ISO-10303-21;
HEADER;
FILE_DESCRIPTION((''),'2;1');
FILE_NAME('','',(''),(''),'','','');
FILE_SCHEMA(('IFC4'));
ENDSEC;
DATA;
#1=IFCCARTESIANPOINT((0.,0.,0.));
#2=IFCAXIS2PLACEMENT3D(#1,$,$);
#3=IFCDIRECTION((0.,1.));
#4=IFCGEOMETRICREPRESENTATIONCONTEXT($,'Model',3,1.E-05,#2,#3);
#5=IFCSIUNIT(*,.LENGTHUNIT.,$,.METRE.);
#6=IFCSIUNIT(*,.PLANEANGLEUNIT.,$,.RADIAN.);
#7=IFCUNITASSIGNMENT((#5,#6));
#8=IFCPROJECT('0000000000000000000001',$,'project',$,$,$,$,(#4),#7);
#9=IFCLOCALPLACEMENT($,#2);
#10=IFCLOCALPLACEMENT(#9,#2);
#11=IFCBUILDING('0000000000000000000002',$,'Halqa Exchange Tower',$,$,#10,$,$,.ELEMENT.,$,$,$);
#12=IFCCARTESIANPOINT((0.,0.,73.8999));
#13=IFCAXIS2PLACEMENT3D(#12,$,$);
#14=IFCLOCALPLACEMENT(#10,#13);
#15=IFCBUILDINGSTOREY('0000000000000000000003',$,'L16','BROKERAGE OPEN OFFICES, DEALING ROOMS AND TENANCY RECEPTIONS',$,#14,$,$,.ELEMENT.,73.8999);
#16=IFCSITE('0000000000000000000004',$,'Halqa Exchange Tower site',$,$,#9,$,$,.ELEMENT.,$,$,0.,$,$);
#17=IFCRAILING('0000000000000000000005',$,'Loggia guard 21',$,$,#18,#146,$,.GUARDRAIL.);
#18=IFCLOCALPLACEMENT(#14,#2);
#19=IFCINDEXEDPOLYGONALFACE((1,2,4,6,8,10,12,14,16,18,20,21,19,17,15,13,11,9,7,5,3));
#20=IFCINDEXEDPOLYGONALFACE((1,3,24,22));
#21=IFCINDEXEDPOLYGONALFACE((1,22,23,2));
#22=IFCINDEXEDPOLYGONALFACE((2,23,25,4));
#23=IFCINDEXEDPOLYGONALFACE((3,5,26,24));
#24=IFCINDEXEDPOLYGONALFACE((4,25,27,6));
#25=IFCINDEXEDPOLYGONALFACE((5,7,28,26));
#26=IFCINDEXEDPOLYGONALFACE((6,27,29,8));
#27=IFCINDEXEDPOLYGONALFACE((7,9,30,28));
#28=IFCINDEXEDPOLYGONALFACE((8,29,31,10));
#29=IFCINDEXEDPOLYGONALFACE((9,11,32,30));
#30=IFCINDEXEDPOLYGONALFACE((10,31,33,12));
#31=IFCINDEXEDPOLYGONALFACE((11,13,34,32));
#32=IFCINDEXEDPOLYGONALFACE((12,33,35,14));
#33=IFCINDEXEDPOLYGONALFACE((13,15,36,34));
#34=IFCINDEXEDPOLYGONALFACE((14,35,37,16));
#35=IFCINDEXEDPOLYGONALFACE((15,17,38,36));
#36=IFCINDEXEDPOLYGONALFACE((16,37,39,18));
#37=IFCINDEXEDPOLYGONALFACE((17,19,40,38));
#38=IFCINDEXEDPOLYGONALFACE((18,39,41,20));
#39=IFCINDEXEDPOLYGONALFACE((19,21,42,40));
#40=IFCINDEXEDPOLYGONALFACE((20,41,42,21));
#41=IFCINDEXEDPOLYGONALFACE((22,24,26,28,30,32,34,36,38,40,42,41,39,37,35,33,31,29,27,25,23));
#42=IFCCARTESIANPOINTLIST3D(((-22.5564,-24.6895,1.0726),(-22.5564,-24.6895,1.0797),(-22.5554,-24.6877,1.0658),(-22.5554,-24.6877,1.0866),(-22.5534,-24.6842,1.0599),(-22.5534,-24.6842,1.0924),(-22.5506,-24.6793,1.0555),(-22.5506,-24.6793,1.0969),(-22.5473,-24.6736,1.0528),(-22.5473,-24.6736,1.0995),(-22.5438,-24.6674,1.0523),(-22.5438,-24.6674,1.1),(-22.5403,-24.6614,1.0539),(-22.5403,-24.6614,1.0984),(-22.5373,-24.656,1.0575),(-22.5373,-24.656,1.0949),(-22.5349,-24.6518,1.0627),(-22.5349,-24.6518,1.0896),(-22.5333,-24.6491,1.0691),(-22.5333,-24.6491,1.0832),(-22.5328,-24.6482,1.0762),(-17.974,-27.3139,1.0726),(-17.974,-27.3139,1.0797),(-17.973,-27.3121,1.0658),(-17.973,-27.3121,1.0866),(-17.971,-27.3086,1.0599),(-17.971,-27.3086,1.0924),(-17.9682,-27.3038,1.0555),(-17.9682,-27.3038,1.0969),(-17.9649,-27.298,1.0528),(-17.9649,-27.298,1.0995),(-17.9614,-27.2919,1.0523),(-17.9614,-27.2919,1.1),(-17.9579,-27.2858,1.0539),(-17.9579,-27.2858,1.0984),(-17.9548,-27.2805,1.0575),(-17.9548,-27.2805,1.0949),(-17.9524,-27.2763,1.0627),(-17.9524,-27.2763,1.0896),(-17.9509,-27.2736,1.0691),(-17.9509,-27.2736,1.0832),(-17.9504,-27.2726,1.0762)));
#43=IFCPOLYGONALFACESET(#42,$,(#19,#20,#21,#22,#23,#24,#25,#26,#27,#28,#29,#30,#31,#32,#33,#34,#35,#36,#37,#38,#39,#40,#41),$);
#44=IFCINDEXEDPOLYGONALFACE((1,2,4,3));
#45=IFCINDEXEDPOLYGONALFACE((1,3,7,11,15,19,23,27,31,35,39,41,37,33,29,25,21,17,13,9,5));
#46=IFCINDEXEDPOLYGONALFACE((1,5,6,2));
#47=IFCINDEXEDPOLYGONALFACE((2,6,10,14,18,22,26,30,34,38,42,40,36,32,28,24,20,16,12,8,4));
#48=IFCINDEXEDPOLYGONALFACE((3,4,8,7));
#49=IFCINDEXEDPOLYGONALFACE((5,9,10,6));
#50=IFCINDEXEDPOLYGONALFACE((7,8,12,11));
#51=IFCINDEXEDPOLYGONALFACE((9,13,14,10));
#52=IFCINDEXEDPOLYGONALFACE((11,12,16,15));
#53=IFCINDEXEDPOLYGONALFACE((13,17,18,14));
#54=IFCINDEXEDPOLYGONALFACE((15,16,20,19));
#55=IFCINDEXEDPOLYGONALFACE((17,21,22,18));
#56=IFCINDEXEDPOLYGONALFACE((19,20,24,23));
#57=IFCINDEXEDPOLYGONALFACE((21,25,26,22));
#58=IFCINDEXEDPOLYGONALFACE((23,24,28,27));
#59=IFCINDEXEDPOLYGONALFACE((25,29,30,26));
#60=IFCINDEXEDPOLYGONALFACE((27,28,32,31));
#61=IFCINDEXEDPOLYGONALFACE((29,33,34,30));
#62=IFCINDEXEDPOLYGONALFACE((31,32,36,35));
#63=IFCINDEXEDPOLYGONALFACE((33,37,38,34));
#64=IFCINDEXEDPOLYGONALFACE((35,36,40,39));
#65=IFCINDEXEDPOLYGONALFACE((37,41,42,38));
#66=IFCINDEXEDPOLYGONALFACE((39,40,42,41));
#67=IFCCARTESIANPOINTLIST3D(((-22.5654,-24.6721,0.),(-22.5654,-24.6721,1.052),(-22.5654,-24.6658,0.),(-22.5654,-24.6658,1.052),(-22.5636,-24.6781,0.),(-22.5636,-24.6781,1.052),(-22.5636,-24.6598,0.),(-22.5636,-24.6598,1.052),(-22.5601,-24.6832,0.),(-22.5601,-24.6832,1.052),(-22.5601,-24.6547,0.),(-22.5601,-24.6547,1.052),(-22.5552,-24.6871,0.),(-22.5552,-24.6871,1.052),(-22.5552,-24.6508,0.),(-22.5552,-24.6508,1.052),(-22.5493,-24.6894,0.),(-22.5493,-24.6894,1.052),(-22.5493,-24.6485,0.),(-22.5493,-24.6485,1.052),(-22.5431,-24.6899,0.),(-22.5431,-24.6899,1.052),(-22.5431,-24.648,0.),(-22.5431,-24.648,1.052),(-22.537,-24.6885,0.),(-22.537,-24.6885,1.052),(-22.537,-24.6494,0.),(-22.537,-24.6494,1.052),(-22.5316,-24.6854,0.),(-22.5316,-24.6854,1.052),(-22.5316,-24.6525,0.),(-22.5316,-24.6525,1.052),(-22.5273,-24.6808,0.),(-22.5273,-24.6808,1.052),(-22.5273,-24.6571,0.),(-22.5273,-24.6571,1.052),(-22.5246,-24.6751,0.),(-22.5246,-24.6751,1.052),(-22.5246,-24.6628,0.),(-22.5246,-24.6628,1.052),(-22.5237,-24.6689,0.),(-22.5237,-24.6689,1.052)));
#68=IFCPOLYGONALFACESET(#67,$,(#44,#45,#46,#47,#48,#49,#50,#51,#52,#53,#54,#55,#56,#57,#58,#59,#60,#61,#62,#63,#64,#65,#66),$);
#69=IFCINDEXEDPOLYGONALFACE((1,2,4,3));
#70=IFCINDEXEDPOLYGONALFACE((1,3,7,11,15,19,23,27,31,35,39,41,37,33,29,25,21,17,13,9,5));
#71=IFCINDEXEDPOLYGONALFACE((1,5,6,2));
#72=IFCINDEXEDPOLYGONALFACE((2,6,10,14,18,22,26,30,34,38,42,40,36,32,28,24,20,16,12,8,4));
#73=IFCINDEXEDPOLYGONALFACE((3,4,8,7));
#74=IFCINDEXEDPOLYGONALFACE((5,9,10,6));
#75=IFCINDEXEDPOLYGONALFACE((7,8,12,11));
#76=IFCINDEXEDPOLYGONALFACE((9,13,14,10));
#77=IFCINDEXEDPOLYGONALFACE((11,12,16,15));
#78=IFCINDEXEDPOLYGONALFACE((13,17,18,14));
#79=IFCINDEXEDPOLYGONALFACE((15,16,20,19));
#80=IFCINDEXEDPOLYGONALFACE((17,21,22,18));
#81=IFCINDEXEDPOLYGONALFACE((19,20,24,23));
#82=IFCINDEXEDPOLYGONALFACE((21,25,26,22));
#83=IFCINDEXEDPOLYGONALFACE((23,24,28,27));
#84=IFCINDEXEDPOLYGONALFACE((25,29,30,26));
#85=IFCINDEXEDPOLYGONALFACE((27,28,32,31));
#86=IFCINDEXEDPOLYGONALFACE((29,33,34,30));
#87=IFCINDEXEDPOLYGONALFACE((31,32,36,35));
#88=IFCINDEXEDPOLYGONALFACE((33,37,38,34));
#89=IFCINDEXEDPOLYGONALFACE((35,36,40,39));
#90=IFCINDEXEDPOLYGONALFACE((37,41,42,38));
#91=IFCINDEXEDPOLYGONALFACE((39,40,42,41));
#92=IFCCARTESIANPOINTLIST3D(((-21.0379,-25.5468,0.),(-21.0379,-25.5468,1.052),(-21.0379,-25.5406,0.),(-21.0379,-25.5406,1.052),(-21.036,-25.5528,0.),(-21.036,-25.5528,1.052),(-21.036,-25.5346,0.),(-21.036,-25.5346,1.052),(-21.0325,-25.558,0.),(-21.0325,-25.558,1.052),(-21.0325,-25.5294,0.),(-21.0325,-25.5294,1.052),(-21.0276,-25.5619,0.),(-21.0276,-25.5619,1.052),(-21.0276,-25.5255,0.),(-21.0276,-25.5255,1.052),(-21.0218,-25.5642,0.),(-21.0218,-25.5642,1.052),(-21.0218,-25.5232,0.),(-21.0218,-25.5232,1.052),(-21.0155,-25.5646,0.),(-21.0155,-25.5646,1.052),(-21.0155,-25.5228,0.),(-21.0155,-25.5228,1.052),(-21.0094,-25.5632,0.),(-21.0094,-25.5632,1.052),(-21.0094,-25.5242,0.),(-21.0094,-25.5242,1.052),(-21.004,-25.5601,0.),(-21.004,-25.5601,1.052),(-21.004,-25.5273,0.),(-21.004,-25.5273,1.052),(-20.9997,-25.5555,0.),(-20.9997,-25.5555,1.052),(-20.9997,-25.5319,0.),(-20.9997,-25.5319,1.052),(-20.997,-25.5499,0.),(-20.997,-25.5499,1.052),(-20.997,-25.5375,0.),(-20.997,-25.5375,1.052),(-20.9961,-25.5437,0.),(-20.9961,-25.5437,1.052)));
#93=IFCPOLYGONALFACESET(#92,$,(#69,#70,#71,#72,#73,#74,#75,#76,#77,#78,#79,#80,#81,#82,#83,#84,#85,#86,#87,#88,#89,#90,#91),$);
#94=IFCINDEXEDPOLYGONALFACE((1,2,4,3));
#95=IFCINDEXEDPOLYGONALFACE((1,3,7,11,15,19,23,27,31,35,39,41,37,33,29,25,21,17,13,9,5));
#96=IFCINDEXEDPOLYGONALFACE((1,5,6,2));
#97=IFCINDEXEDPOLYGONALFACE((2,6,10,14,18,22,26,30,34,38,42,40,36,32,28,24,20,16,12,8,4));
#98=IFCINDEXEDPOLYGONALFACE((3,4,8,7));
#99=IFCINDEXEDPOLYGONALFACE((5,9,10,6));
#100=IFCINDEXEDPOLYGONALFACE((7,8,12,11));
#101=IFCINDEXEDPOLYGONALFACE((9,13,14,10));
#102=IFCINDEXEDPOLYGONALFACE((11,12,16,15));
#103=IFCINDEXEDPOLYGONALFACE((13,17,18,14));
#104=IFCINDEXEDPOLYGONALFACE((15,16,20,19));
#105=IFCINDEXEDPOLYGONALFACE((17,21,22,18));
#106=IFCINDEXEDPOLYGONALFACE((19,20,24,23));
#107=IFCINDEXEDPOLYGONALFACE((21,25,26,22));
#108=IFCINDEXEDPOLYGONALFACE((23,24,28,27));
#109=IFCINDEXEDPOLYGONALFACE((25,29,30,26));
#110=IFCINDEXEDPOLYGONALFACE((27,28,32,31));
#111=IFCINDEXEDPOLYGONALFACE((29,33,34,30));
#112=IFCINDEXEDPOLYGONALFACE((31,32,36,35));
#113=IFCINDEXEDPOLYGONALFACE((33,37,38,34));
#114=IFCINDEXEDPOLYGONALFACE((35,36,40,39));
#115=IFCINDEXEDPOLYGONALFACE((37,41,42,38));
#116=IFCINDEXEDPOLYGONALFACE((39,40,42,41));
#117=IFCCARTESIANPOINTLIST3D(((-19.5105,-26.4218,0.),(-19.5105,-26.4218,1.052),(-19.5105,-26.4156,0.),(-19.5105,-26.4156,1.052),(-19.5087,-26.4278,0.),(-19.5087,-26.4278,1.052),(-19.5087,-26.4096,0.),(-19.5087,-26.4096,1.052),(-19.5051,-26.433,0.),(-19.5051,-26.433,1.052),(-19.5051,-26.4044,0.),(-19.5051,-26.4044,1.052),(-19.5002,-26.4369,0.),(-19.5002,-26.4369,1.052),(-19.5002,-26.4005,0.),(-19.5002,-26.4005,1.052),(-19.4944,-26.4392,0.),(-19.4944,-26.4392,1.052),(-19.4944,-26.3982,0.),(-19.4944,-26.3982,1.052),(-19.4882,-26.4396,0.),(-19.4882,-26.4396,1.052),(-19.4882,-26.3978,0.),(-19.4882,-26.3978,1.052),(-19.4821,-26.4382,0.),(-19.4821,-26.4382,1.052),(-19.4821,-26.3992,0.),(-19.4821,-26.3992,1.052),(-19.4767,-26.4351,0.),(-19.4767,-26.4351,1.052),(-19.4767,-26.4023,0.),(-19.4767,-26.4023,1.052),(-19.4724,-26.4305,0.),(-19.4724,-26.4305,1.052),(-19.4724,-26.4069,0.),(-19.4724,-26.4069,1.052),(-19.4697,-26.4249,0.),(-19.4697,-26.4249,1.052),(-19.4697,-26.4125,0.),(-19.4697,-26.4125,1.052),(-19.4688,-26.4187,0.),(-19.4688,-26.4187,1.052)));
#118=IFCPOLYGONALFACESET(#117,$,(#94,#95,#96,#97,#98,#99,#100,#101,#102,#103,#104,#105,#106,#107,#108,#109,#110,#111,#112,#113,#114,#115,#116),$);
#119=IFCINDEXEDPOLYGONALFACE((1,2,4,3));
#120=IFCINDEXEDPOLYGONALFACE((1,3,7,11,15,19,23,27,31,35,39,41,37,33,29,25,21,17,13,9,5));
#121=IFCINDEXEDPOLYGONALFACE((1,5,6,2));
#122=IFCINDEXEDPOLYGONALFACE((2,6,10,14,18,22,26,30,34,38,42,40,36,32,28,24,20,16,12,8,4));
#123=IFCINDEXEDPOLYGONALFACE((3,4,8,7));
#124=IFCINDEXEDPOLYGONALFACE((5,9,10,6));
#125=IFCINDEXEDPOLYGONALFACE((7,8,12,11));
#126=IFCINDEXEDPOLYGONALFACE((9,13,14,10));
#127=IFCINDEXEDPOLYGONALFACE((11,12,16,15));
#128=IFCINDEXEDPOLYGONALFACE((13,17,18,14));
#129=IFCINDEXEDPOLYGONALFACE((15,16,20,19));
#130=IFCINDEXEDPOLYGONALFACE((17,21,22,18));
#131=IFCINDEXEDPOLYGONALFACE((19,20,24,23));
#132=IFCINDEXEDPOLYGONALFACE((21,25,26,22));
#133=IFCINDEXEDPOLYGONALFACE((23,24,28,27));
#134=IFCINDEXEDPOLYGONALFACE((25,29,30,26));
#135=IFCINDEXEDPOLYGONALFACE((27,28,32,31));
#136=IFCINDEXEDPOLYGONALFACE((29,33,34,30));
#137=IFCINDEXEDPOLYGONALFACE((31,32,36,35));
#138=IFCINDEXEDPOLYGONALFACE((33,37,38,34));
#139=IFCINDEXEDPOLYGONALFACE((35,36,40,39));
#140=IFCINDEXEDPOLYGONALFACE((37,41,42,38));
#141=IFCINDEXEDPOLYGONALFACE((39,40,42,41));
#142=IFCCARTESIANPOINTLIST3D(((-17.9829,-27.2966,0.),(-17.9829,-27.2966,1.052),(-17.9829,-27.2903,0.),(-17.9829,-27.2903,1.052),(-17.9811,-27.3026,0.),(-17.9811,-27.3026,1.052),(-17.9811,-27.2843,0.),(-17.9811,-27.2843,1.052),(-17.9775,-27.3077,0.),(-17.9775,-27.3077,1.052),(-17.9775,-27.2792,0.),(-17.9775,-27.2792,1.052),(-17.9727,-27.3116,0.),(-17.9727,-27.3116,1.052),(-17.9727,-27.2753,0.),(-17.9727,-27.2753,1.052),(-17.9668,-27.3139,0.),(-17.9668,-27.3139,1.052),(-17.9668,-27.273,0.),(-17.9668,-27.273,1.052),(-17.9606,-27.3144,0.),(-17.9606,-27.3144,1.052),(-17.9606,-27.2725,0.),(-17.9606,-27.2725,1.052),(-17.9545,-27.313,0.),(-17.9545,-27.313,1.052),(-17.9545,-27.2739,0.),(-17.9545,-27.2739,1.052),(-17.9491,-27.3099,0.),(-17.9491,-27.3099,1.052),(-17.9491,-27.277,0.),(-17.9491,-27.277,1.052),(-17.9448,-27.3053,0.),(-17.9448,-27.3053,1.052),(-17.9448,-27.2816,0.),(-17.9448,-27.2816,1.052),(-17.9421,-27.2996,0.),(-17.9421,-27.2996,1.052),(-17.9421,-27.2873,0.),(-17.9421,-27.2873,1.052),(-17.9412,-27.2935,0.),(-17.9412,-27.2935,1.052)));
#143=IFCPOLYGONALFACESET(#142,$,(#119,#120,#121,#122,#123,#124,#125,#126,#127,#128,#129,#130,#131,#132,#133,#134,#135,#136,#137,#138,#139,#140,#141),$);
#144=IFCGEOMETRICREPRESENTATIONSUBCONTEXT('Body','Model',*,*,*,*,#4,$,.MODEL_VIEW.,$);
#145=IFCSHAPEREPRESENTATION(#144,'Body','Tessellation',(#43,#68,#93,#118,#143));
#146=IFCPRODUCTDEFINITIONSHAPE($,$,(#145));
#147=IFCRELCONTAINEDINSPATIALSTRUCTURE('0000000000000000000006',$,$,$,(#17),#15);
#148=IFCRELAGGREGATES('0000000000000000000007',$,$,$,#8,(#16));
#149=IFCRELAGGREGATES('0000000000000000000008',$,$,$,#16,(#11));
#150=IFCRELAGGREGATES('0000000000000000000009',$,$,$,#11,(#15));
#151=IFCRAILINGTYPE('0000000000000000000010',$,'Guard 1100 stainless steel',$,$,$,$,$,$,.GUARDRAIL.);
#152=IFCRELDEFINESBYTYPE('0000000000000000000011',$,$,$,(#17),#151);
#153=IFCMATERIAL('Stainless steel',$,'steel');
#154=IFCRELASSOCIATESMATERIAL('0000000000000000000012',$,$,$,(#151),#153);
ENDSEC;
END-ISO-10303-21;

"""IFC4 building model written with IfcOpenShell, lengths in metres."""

from ifc_helpers import new_model, si_unit, direction, frame, origin, origin_2d, place, context, subcontext, project, spatial, circle, extrude, material, type_object, element, save


model = new_model("IFC4")

# Units and contexts
model_context = context("Model", 3, precision=1e-05, world=origin(), true_north=direction((0.0, 1.0)))
body_context = subcontext(model_context, "Body", "Model", "MODEL_VIEW")
ifc_project = project(units=[si_unit("LENGTHUNIT", "METRE"), si_unit("PLANEANGLEUNIT", "RADIAN")], contexts=[model_context])

# Site, building, storey
site_placement = place(None, origin())
site = spatial("IfcSite", under=ifc_project, at=site_placement, Name="Halqa Exchange Tower site", CompositionType="ELEMENT", RefElevation=0.0)
building_placement = place(site_placement, origin())
building = spatial("IfcBuilding", under=site, at=building_placement, Name="Halqa Exchange Tower", CompositionType="ELEMENT")
storey_placement = place(building_placement, frame((0.0, 0.0, 73.8999)))
storey = spatial("IfcBuildingStorey", under=building, at=storey_placement, Name="L16", Description="BROKERAGE OPEN OFFICES, DEALING ROOMS AND TENANCY RECEPTIONS", CompositionType="ELEMENT", Elevation=73.8999)

# Railing
ifc_material_1 = material(Name="Stainless steel", Category="steel")
railing_type = type_object("IfcRailingType", Name="Guard 1100 stainless steel", PredefinedType="GUARDRAIL", material=ifc_material_1)
railing_1_placement = place(storey_placement, frame((-22.5447, -24.6689, 0.0)))
element("IfcRailing", 1, at=railing_1_placement, inside=storey, type_object=railing_type, Name="Loggia guard 21", PredefinedType="GUARDRAIL", context=body_context, shape_type="SweptSolid", body=[
    extrude(circle(Radius=0.0239, at=origin_2d()), frame((0.0, 0.0, 1.0762), z_axis=(0.867759, -0.496985, 0.0), x_axis=(0.496985, 0.867759, 0.0)), (0.0, 0.0, 1.0), 5.2808),
    extrude(circle(Radius=0.021, at=origin_2d()), origin(), (0.0, 0.0, 1.0), 1.052),
    extrude(circle(Radius=0.021, at=origin_2d()), frame((1.5276, -0.8748, 0.0)), (0.0, 0.0, 1.0), 1.052),
    extrude(circle(Radius=0.021, at=origin_2d()), frame((3.0549, -1.7498, 0.0)), (0.0, 0.0, 1.0), 1.052),
    extrude(circle(Radius=0.021, at=origin_2d()), frame((4.5825, -2.6245, 0.0)), (0.0, 0.0, 1.0), 1.052),
])

save(model, "model.ifc")
